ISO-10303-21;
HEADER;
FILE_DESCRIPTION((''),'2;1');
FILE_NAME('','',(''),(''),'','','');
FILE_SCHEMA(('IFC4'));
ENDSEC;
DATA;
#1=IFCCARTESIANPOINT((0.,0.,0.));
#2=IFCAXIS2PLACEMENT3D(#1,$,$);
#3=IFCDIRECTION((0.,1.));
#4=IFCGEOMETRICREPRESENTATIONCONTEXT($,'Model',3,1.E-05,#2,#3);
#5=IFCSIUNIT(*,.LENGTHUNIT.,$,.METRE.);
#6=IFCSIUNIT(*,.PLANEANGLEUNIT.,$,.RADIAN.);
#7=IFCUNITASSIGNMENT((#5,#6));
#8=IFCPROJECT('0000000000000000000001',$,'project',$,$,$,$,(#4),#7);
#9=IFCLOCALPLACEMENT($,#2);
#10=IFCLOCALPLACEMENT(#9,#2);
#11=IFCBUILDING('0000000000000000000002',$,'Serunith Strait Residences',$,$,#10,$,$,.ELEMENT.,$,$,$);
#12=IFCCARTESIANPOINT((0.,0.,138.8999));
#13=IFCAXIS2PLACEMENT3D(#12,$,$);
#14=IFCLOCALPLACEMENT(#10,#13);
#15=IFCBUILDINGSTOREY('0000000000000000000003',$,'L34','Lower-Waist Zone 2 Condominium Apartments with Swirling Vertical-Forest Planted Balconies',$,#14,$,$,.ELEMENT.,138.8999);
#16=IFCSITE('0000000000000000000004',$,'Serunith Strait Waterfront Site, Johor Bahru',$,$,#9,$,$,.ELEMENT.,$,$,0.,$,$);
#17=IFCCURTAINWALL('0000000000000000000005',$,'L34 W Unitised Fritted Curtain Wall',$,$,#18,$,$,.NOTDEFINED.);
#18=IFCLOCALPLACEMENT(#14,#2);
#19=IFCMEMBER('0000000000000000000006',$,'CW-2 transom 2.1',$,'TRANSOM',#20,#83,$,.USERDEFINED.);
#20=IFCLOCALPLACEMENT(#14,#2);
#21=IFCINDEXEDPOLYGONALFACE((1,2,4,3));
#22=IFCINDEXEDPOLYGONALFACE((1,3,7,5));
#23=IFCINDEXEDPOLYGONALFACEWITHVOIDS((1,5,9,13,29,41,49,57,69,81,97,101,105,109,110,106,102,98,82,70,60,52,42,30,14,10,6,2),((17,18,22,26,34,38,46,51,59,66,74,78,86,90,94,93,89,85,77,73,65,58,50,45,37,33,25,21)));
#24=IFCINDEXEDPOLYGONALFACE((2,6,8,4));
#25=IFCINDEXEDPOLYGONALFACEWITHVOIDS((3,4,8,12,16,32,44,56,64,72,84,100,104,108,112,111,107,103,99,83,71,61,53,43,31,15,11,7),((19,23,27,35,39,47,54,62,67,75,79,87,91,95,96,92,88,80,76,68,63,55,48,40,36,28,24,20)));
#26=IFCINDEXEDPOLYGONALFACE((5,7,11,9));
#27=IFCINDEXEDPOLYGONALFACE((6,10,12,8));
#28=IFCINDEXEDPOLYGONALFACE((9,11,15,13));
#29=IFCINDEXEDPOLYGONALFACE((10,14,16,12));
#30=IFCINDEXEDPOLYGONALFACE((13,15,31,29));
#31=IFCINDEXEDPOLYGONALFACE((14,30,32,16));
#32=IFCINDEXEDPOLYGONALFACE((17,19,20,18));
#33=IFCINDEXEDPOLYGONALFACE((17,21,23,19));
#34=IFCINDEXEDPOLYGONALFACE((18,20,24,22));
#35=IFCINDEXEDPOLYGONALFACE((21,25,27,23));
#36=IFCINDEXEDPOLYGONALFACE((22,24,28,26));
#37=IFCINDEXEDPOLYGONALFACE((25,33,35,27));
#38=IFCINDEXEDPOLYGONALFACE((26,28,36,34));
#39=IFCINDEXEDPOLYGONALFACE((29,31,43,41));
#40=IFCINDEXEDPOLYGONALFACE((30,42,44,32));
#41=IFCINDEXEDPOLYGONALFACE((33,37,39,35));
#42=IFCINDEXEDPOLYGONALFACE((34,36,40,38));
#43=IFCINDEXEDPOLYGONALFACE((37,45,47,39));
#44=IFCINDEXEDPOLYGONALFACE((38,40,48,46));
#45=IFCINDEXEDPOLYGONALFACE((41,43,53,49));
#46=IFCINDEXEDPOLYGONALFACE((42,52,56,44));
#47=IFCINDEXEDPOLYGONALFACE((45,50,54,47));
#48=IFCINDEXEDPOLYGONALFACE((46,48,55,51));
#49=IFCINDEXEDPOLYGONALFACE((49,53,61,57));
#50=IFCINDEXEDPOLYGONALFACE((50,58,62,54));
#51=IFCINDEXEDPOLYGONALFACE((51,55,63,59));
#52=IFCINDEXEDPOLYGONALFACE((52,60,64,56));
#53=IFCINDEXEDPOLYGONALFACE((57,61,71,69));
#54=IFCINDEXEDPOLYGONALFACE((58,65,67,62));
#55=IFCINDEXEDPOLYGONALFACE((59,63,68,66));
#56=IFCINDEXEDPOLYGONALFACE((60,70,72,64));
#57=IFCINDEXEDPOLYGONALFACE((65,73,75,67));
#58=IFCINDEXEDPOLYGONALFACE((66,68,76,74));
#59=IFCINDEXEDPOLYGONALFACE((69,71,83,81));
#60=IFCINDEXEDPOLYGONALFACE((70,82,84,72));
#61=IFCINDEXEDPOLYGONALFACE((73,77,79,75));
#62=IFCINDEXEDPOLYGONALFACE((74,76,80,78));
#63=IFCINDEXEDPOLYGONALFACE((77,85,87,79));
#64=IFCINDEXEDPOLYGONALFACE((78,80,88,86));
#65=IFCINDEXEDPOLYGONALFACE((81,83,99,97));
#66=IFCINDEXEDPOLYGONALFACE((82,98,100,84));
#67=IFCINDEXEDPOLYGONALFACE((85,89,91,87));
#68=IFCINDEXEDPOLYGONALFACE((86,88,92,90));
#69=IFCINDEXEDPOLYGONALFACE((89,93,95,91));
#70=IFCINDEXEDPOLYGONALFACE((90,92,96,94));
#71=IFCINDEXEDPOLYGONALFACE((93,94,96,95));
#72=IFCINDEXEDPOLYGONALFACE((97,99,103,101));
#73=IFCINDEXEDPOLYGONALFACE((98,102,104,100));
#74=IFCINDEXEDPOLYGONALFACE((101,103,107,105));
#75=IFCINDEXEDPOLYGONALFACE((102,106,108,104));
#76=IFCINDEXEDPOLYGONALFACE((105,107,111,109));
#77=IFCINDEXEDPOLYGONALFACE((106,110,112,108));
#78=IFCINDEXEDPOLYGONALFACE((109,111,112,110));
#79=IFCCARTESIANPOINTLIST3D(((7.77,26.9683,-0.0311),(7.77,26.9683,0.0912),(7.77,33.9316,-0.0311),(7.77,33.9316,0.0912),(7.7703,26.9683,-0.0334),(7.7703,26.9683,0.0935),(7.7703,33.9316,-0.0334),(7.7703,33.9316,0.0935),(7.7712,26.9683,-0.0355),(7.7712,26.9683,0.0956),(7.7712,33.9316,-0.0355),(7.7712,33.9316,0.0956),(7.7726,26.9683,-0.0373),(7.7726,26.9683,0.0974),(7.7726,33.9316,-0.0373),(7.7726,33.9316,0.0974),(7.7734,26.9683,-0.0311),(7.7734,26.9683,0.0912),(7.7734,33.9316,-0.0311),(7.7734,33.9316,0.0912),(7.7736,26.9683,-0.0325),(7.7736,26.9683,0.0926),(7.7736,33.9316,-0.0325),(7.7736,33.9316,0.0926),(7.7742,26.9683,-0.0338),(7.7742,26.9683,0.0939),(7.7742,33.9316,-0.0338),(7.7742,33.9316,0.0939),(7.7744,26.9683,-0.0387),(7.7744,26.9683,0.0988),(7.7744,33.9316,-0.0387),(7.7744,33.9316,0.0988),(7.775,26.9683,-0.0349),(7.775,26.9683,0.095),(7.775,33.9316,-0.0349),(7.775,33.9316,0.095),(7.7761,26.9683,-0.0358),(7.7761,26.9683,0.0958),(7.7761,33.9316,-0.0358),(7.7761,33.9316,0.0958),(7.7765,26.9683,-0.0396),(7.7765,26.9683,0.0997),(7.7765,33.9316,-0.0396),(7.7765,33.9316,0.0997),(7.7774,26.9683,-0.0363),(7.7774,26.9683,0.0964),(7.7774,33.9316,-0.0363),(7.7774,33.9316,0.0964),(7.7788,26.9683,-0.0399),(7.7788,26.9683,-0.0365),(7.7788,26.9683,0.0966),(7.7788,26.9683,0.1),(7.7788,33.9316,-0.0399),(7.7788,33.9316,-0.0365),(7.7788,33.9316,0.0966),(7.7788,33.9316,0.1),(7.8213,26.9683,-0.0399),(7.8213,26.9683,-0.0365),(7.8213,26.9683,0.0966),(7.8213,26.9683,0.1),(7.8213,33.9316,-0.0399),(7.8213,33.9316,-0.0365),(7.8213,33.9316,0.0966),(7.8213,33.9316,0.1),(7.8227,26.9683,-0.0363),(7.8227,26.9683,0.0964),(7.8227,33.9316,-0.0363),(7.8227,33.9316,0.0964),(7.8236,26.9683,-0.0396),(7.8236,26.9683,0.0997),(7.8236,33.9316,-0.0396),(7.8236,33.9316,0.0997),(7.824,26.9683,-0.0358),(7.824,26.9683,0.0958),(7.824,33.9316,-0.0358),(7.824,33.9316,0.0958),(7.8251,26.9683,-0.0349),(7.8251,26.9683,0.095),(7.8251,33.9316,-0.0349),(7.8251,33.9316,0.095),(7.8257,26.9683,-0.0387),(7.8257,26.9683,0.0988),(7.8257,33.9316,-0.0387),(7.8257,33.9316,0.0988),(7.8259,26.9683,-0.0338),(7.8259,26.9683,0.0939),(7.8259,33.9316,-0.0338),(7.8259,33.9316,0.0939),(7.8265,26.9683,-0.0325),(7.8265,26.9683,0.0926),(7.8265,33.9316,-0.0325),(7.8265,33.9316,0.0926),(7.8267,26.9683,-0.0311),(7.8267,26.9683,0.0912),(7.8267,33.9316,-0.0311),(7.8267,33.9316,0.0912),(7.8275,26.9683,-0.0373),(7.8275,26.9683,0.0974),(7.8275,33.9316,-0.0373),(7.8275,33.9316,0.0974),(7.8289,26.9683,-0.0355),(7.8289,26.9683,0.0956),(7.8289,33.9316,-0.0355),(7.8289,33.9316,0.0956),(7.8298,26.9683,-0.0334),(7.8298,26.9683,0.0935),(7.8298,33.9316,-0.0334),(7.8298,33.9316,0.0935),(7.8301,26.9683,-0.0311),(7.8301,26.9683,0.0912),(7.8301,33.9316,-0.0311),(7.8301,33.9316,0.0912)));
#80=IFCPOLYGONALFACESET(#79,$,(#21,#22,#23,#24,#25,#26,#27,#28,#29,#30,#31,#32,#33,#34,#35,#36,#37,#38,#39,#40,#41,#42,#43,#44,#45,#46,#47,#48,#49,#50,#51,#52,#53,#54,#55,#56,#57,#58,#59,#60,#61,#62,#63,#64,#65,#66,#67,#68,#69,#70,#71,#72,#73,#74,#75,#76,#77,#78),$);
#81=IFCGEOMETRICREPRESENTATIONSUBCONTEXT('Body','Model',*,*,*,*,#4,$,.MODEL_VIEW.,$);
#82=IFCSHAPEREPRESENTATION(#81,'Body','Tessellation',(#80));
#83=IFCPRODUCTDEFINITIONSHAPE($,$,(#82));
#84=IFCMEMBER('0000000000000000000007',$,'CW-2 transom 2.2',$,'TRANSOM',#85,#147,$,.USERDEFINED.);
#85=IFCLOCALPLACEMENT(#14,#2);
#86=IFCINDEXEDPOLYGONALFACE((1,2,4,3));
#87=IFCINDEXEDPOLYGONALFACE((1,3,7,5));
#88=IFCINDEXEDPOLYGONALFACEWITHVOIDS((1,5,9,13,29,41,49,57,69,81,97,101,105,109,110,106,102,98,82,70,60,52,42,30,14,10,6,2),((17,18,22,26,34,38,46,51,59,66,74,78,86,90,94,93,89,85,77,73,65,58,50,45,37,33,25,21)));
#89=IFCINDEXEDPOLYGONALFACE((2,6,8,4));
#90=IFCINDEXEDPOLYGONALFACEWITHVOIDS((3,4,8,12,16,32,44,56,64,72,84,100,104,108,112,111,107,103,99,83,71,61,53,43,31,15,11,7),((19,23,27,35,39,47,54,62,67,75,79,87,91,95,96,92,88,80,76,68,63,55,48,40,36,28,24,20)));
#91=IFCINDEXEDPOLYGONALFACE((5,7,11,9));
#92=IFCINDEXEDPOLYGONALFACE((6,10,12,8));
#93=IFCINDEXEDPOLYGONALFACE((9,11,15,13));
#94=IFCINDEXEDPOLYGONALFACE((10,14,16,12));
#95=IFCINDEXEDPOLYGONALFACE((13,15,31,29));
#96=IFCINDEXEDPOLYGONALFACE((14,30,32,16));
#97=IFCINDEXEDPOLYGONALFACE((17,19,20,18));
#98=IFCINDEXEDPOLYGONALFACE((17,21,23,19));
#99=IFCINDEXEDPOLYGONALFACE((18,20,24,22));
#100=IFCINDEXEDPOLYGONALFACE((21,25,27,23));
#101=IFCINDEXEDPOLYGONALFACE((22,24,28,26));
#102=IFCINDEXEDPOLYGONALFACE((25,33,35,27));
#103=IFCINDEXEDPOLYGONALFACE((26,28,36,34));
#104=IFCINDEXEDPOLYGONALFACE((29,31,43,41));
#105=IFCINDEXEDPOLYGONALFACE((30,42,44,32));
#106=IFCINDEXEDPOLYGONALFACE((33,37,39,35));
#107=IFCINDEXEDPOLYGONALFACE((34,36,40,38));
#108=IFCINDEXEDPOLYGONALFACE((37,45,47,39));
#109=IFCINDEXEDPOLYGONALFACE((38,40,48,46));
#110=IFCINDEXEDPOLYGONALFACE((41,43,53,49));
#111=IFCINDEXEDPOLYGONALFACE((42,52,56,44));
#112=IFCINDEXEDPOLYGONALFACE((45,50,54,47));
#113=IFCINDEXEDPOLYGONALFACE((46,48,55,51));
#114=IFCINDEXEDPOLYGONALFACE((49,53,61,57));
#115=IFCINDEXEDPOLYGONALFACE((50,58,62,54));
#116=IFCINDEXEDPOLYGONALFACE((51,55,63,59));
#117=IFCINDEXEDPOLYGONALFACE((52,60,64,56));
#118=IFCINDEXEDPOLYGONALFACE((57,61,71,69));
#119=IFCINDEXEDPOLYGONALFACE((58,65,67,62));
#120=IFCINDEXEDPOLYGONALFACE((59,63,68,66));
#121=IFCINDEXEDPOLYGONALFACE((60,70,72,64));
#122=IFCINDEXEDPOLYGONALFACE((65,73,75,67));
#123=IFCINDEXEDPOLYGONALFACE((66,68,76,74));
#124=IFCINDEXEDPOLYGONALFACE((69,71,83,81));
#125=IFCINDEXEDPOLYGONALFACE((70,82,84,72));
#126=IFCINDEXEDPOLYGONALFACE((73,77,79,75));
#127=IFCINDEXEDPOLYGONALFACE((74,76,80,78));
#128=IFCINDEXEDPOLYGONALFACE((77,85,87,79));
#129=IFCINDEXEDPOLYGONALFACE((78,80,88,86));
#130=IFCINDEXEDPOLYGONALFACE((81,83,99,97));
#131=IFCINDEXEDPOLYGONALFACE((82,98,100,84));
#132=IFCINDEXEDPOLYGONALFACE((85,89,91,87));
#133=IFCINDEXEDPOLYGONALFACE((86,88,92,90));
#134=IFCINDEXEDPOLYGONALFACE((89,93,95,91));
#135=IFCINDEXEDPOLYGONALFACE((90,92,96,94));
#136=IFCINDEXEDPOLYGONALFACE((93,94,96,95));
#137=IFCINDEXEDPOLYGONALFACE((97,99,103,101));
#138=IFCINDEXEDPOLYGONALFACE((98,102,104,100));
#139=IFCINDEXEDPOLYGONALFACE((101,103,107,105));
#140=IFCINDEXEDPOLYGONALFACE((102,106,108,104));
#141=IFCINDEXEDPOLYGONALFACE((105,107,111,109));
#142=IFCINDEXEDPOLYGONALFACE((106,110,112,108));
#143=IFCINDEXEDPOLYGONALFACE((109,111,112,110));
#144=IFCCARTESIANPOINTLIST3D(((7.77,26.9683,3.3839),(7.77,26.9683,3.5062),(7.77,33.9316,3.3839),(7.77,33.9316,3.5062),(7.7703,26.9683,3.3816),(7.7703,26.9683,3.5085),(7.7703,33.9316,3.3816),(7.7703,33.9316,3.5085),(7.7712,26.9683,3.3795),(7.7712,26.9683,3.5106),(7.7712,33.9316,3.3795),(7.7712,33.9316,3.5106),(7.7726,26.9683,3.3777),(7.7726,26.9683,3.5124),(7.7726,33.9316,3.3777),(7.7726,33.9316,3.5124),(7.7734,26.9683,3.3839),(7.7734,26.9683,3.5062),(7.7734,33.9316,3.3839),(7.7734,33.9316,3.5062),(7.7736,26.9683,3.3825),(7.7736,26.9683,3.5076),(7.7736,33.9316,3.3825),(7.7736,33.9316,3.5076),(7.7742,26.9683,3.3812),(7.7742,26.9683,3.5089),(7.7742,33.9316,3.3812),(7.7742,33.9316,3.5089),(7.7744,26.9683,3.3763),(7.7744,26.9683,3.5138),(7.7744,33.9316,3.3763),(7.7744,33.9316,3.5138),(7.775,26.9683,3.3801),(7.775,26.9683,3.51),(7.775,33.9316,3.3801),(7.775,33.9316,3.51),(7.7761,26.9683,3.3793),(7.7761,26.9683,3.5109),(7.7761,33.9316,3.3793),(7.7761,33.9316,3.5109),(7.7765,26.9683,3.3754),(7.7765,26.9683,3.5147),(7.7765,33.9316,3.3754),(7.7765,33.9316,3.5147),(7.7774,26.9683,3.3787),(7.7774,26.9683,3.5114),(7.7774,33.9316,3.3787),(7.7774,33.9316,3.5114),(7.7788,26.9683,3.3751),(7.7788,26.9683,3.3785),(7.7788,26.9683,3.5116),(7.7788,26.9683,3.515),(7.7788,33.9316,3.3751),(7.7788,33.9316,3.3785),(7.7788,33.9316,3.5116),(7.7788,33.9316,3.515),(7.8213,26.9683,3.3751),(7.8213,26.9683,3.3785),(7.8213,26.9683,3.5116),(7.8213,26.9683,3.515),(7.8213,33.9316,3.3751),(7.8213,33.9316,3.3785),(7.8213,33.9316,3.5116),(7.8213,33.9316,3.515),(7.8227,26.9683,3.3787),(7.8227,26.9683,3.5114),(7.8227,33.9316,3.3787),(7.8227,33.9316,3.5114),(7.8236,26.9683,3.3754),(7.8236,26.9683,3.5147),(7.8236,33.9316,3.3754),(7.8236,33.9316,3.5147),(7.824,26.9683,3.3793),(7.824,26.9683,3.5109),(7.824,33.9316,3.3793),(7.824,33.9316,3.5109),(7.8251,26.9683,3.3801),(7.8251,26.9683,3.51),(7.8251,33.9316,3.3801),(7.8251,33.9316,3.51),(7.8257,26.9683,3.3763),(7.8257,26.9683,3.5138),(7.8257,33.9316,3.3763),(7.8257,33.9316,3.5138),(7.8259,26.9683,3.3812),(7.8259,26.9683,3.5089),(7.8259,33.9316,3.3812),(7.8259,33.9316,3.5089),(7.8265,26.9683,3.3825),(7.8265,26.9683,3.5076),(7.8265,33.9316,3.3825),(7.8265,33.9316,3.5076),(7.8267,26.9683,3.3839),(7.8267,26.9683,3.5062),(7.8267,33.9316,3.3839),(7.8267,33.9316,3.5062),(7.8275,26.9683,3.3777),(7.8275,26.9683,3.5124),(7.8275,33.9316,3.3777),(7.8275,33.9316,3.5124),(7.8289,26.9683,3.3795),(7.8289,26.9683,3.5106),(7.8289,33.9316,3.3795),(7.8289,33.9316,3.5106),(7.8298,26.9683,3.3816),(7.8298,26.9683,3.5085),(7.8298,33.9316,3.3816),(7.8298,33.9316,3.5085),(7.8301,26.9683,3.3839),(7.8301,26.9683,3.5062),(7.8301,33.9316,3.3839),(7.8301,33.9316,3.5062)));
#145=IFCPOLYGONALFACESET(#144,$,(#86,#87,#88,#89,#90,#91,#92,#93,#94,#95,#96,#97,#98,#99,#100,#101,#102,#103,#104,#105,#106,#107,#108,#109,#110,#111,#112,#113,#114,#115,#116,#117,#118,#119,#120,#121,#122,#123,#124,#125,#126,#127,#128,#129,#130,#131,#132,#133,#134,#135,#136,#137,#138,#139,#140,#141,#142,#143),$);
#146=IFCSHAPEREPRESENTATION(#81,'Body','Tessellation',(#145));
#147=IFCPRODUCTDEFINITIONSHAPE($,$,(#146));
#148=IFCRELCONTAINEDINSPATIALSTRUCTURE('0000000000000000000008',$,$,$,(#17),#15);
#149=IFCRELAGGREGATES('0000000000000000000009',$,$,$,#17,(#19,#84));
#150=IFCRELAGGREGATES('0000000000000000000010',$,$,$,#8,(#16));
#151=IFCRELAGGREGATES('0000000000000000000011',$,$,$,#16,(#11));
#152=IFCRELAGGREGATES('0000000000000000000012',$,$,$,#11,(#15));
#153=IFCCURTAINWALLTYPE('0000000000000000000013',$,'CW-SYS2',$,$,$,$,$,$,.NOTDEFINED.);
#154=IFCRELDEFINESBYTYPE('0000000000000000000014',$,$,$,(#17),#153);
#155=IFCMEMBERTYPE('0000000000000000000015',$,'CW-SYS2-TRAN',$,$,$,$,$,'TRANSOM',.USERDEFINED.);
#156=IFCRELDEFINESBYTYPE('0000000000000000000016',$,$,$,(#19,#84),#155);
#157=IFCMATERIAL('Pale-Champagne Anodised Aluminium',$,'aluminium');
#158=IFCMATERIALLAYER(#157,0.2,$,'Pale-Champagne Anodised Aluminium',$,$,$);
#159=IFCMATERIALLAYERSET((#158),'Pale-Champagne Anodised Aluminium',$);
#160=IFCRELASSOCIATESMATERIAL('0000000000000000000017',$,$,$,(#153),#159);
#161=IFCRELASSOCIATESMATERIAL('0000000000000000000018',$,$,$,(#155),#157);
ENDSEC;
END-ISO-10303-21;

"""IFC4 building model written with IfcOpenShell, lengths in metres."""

from ifc_helpers import new_model, si_unit, direction, frame, origin, origin_2d, place, context, subcontext, project, spatial, hollow_rectangle, extrude, source, transform, mapped, material, layer, layer_set, material_profile, profile_set, type_object, element, aggregate, save


model = new_model("IFC4")

# Units and contexts
model_context = context("Model", 3, precision=1e-05, world=origin(), true_north=direction((0.0, 1.0)))
body_context = subcontext(model_context, "Body", "Model", "MODEL_VIEW")
ifc_project = project(units=[si_unit("LENGTHUNIT", "METRE"), si_unit("PLANEANGLEUNIT", "RADIAN")], contexts=[model_context])

# Site, building, storey
site_placement = place(None, origin())
site = spatial("IfcSite", under=ifc_project, at=site_placement, Name="Serunith Strait Waterfront Site, Johor Bahru", CompositionType="ELEMENT", RefElevation=0.0)
building_placement = place(site_placement, origin())
building = spatial("IfcBuilding", under=site, at=building_placement, Name="Serunith Strait Residences", CompositionType="ELEMENT")
storey_placement = place(building_placement, frame((0.0, 0.0, 138.8999)))
storey = spatial("IfcBuildingStorey", under=building, at=storey_placement, Name="L34", Description="Lower-Waist Zone 2 Condominium Apartments with Swirling Vertical-Forest Planted Balconies", CompositionType="ELEMENT", Elevation=138.8999)

# Curtain wall, members
ifc_material_1 = material(Name="Pale-Champagne Anodised Aluminium", Category="aluminium")
ifc_layer_1 = layer(ifc_material_1, 0.2, Name="Pale-Champagne Anodised Aluminium")
ifc_layer_set_1 = layer_set([ifc_layer_1], Name="Pale-Champagne Anodised Aluminium")
curtain_wall_type = type_object("IfcCurtainWallType", Name="CW-SYS2", PredefinedType="NOTDEFINED", material=ifc_layer_set_1)
curtain_wall_placement = place(storey_placement, origin())
curtain_wall = element("IfcCurtainWall", 1, at=curtain_wall_placement, inside=storey, type_object=curtain_wall_type, Name="L34 W Unitised Fritted Curtain Wall", PredefinedType="NOTDEFINED")
ifc_material_profile_1 = material_profile(ifc_material_1, hollow_rectangle(XDim=0.0601, YDim=0.1399, WallThickness=0.0034, InnerFilletRadius=0.0054, OuterFilletRadius=0.0088, at=origin_2d()), Name="ALU 140x60x3.5")
ifc_profile_set_1 = profile_set([ifc_material_profile_1], Name="Pale-Champagne Anodised Aluminium")
member_type_1 = type_object("IfcMemberType", Name="CW-SYS2-TRAN", ElementType="TRANSOM", PredefinedType="USERDEFINED", material=ifc_profile_set_1)
shared_shape_1 = source(origin(), body_context, "Body", "SweptSolid", [
    extrude(hollow_rectangle(XDim=0.0601, YDim=0.1399, WallThickness=0.0034, InnerFilletRadius=0.0054, OuterFilletRadius=0.0088, at=origin_2d()), origin(), (0.0, 0.0, 1.0), 6.9634),
])
member_1_placement = place(storey_placement, frame((7.8, 33.9316, 0.03), z_axis=(0.0, -1.0, 0.0), x_axis=(1.0, 0.0, 0.0)))
member_1 = element("IfcMember", 2, at=member_1_placement, type_object=member_type_1, Name="CW-2 transom 2.1", ObjectType="TRANSOM", PredefinedType="USERDEFINED", context=body_context, shape_type="MappedRepresentation", body=[
    mapped(shared_shape_1, transform((0.0, 0.0, 0.0), scale=1.0)),
])
member_2_placement = place(storey_placement, frame((7.8, 33.9316, 3.4451), z_axis=(0.0, -1.0, 0.0), x_axis=(1.0, 0.0, 0.0)))
member_2 = element("IfcMember", 3, at=member_2_placement, type_object=member_type_1, Name="CW-2 transom 2.2", ObjectType="TRANSOM", PredefinedType="USERDEFINED", context=body_context, shape_type="MappedRepresentation", body=[
    mapped(shared_shape_1, transform((0.0, 0.0, 0.0), scale=1.0)),
])
aggregate(curtain_wall, [member_1, member_2])

save(model, "model.ifc")
